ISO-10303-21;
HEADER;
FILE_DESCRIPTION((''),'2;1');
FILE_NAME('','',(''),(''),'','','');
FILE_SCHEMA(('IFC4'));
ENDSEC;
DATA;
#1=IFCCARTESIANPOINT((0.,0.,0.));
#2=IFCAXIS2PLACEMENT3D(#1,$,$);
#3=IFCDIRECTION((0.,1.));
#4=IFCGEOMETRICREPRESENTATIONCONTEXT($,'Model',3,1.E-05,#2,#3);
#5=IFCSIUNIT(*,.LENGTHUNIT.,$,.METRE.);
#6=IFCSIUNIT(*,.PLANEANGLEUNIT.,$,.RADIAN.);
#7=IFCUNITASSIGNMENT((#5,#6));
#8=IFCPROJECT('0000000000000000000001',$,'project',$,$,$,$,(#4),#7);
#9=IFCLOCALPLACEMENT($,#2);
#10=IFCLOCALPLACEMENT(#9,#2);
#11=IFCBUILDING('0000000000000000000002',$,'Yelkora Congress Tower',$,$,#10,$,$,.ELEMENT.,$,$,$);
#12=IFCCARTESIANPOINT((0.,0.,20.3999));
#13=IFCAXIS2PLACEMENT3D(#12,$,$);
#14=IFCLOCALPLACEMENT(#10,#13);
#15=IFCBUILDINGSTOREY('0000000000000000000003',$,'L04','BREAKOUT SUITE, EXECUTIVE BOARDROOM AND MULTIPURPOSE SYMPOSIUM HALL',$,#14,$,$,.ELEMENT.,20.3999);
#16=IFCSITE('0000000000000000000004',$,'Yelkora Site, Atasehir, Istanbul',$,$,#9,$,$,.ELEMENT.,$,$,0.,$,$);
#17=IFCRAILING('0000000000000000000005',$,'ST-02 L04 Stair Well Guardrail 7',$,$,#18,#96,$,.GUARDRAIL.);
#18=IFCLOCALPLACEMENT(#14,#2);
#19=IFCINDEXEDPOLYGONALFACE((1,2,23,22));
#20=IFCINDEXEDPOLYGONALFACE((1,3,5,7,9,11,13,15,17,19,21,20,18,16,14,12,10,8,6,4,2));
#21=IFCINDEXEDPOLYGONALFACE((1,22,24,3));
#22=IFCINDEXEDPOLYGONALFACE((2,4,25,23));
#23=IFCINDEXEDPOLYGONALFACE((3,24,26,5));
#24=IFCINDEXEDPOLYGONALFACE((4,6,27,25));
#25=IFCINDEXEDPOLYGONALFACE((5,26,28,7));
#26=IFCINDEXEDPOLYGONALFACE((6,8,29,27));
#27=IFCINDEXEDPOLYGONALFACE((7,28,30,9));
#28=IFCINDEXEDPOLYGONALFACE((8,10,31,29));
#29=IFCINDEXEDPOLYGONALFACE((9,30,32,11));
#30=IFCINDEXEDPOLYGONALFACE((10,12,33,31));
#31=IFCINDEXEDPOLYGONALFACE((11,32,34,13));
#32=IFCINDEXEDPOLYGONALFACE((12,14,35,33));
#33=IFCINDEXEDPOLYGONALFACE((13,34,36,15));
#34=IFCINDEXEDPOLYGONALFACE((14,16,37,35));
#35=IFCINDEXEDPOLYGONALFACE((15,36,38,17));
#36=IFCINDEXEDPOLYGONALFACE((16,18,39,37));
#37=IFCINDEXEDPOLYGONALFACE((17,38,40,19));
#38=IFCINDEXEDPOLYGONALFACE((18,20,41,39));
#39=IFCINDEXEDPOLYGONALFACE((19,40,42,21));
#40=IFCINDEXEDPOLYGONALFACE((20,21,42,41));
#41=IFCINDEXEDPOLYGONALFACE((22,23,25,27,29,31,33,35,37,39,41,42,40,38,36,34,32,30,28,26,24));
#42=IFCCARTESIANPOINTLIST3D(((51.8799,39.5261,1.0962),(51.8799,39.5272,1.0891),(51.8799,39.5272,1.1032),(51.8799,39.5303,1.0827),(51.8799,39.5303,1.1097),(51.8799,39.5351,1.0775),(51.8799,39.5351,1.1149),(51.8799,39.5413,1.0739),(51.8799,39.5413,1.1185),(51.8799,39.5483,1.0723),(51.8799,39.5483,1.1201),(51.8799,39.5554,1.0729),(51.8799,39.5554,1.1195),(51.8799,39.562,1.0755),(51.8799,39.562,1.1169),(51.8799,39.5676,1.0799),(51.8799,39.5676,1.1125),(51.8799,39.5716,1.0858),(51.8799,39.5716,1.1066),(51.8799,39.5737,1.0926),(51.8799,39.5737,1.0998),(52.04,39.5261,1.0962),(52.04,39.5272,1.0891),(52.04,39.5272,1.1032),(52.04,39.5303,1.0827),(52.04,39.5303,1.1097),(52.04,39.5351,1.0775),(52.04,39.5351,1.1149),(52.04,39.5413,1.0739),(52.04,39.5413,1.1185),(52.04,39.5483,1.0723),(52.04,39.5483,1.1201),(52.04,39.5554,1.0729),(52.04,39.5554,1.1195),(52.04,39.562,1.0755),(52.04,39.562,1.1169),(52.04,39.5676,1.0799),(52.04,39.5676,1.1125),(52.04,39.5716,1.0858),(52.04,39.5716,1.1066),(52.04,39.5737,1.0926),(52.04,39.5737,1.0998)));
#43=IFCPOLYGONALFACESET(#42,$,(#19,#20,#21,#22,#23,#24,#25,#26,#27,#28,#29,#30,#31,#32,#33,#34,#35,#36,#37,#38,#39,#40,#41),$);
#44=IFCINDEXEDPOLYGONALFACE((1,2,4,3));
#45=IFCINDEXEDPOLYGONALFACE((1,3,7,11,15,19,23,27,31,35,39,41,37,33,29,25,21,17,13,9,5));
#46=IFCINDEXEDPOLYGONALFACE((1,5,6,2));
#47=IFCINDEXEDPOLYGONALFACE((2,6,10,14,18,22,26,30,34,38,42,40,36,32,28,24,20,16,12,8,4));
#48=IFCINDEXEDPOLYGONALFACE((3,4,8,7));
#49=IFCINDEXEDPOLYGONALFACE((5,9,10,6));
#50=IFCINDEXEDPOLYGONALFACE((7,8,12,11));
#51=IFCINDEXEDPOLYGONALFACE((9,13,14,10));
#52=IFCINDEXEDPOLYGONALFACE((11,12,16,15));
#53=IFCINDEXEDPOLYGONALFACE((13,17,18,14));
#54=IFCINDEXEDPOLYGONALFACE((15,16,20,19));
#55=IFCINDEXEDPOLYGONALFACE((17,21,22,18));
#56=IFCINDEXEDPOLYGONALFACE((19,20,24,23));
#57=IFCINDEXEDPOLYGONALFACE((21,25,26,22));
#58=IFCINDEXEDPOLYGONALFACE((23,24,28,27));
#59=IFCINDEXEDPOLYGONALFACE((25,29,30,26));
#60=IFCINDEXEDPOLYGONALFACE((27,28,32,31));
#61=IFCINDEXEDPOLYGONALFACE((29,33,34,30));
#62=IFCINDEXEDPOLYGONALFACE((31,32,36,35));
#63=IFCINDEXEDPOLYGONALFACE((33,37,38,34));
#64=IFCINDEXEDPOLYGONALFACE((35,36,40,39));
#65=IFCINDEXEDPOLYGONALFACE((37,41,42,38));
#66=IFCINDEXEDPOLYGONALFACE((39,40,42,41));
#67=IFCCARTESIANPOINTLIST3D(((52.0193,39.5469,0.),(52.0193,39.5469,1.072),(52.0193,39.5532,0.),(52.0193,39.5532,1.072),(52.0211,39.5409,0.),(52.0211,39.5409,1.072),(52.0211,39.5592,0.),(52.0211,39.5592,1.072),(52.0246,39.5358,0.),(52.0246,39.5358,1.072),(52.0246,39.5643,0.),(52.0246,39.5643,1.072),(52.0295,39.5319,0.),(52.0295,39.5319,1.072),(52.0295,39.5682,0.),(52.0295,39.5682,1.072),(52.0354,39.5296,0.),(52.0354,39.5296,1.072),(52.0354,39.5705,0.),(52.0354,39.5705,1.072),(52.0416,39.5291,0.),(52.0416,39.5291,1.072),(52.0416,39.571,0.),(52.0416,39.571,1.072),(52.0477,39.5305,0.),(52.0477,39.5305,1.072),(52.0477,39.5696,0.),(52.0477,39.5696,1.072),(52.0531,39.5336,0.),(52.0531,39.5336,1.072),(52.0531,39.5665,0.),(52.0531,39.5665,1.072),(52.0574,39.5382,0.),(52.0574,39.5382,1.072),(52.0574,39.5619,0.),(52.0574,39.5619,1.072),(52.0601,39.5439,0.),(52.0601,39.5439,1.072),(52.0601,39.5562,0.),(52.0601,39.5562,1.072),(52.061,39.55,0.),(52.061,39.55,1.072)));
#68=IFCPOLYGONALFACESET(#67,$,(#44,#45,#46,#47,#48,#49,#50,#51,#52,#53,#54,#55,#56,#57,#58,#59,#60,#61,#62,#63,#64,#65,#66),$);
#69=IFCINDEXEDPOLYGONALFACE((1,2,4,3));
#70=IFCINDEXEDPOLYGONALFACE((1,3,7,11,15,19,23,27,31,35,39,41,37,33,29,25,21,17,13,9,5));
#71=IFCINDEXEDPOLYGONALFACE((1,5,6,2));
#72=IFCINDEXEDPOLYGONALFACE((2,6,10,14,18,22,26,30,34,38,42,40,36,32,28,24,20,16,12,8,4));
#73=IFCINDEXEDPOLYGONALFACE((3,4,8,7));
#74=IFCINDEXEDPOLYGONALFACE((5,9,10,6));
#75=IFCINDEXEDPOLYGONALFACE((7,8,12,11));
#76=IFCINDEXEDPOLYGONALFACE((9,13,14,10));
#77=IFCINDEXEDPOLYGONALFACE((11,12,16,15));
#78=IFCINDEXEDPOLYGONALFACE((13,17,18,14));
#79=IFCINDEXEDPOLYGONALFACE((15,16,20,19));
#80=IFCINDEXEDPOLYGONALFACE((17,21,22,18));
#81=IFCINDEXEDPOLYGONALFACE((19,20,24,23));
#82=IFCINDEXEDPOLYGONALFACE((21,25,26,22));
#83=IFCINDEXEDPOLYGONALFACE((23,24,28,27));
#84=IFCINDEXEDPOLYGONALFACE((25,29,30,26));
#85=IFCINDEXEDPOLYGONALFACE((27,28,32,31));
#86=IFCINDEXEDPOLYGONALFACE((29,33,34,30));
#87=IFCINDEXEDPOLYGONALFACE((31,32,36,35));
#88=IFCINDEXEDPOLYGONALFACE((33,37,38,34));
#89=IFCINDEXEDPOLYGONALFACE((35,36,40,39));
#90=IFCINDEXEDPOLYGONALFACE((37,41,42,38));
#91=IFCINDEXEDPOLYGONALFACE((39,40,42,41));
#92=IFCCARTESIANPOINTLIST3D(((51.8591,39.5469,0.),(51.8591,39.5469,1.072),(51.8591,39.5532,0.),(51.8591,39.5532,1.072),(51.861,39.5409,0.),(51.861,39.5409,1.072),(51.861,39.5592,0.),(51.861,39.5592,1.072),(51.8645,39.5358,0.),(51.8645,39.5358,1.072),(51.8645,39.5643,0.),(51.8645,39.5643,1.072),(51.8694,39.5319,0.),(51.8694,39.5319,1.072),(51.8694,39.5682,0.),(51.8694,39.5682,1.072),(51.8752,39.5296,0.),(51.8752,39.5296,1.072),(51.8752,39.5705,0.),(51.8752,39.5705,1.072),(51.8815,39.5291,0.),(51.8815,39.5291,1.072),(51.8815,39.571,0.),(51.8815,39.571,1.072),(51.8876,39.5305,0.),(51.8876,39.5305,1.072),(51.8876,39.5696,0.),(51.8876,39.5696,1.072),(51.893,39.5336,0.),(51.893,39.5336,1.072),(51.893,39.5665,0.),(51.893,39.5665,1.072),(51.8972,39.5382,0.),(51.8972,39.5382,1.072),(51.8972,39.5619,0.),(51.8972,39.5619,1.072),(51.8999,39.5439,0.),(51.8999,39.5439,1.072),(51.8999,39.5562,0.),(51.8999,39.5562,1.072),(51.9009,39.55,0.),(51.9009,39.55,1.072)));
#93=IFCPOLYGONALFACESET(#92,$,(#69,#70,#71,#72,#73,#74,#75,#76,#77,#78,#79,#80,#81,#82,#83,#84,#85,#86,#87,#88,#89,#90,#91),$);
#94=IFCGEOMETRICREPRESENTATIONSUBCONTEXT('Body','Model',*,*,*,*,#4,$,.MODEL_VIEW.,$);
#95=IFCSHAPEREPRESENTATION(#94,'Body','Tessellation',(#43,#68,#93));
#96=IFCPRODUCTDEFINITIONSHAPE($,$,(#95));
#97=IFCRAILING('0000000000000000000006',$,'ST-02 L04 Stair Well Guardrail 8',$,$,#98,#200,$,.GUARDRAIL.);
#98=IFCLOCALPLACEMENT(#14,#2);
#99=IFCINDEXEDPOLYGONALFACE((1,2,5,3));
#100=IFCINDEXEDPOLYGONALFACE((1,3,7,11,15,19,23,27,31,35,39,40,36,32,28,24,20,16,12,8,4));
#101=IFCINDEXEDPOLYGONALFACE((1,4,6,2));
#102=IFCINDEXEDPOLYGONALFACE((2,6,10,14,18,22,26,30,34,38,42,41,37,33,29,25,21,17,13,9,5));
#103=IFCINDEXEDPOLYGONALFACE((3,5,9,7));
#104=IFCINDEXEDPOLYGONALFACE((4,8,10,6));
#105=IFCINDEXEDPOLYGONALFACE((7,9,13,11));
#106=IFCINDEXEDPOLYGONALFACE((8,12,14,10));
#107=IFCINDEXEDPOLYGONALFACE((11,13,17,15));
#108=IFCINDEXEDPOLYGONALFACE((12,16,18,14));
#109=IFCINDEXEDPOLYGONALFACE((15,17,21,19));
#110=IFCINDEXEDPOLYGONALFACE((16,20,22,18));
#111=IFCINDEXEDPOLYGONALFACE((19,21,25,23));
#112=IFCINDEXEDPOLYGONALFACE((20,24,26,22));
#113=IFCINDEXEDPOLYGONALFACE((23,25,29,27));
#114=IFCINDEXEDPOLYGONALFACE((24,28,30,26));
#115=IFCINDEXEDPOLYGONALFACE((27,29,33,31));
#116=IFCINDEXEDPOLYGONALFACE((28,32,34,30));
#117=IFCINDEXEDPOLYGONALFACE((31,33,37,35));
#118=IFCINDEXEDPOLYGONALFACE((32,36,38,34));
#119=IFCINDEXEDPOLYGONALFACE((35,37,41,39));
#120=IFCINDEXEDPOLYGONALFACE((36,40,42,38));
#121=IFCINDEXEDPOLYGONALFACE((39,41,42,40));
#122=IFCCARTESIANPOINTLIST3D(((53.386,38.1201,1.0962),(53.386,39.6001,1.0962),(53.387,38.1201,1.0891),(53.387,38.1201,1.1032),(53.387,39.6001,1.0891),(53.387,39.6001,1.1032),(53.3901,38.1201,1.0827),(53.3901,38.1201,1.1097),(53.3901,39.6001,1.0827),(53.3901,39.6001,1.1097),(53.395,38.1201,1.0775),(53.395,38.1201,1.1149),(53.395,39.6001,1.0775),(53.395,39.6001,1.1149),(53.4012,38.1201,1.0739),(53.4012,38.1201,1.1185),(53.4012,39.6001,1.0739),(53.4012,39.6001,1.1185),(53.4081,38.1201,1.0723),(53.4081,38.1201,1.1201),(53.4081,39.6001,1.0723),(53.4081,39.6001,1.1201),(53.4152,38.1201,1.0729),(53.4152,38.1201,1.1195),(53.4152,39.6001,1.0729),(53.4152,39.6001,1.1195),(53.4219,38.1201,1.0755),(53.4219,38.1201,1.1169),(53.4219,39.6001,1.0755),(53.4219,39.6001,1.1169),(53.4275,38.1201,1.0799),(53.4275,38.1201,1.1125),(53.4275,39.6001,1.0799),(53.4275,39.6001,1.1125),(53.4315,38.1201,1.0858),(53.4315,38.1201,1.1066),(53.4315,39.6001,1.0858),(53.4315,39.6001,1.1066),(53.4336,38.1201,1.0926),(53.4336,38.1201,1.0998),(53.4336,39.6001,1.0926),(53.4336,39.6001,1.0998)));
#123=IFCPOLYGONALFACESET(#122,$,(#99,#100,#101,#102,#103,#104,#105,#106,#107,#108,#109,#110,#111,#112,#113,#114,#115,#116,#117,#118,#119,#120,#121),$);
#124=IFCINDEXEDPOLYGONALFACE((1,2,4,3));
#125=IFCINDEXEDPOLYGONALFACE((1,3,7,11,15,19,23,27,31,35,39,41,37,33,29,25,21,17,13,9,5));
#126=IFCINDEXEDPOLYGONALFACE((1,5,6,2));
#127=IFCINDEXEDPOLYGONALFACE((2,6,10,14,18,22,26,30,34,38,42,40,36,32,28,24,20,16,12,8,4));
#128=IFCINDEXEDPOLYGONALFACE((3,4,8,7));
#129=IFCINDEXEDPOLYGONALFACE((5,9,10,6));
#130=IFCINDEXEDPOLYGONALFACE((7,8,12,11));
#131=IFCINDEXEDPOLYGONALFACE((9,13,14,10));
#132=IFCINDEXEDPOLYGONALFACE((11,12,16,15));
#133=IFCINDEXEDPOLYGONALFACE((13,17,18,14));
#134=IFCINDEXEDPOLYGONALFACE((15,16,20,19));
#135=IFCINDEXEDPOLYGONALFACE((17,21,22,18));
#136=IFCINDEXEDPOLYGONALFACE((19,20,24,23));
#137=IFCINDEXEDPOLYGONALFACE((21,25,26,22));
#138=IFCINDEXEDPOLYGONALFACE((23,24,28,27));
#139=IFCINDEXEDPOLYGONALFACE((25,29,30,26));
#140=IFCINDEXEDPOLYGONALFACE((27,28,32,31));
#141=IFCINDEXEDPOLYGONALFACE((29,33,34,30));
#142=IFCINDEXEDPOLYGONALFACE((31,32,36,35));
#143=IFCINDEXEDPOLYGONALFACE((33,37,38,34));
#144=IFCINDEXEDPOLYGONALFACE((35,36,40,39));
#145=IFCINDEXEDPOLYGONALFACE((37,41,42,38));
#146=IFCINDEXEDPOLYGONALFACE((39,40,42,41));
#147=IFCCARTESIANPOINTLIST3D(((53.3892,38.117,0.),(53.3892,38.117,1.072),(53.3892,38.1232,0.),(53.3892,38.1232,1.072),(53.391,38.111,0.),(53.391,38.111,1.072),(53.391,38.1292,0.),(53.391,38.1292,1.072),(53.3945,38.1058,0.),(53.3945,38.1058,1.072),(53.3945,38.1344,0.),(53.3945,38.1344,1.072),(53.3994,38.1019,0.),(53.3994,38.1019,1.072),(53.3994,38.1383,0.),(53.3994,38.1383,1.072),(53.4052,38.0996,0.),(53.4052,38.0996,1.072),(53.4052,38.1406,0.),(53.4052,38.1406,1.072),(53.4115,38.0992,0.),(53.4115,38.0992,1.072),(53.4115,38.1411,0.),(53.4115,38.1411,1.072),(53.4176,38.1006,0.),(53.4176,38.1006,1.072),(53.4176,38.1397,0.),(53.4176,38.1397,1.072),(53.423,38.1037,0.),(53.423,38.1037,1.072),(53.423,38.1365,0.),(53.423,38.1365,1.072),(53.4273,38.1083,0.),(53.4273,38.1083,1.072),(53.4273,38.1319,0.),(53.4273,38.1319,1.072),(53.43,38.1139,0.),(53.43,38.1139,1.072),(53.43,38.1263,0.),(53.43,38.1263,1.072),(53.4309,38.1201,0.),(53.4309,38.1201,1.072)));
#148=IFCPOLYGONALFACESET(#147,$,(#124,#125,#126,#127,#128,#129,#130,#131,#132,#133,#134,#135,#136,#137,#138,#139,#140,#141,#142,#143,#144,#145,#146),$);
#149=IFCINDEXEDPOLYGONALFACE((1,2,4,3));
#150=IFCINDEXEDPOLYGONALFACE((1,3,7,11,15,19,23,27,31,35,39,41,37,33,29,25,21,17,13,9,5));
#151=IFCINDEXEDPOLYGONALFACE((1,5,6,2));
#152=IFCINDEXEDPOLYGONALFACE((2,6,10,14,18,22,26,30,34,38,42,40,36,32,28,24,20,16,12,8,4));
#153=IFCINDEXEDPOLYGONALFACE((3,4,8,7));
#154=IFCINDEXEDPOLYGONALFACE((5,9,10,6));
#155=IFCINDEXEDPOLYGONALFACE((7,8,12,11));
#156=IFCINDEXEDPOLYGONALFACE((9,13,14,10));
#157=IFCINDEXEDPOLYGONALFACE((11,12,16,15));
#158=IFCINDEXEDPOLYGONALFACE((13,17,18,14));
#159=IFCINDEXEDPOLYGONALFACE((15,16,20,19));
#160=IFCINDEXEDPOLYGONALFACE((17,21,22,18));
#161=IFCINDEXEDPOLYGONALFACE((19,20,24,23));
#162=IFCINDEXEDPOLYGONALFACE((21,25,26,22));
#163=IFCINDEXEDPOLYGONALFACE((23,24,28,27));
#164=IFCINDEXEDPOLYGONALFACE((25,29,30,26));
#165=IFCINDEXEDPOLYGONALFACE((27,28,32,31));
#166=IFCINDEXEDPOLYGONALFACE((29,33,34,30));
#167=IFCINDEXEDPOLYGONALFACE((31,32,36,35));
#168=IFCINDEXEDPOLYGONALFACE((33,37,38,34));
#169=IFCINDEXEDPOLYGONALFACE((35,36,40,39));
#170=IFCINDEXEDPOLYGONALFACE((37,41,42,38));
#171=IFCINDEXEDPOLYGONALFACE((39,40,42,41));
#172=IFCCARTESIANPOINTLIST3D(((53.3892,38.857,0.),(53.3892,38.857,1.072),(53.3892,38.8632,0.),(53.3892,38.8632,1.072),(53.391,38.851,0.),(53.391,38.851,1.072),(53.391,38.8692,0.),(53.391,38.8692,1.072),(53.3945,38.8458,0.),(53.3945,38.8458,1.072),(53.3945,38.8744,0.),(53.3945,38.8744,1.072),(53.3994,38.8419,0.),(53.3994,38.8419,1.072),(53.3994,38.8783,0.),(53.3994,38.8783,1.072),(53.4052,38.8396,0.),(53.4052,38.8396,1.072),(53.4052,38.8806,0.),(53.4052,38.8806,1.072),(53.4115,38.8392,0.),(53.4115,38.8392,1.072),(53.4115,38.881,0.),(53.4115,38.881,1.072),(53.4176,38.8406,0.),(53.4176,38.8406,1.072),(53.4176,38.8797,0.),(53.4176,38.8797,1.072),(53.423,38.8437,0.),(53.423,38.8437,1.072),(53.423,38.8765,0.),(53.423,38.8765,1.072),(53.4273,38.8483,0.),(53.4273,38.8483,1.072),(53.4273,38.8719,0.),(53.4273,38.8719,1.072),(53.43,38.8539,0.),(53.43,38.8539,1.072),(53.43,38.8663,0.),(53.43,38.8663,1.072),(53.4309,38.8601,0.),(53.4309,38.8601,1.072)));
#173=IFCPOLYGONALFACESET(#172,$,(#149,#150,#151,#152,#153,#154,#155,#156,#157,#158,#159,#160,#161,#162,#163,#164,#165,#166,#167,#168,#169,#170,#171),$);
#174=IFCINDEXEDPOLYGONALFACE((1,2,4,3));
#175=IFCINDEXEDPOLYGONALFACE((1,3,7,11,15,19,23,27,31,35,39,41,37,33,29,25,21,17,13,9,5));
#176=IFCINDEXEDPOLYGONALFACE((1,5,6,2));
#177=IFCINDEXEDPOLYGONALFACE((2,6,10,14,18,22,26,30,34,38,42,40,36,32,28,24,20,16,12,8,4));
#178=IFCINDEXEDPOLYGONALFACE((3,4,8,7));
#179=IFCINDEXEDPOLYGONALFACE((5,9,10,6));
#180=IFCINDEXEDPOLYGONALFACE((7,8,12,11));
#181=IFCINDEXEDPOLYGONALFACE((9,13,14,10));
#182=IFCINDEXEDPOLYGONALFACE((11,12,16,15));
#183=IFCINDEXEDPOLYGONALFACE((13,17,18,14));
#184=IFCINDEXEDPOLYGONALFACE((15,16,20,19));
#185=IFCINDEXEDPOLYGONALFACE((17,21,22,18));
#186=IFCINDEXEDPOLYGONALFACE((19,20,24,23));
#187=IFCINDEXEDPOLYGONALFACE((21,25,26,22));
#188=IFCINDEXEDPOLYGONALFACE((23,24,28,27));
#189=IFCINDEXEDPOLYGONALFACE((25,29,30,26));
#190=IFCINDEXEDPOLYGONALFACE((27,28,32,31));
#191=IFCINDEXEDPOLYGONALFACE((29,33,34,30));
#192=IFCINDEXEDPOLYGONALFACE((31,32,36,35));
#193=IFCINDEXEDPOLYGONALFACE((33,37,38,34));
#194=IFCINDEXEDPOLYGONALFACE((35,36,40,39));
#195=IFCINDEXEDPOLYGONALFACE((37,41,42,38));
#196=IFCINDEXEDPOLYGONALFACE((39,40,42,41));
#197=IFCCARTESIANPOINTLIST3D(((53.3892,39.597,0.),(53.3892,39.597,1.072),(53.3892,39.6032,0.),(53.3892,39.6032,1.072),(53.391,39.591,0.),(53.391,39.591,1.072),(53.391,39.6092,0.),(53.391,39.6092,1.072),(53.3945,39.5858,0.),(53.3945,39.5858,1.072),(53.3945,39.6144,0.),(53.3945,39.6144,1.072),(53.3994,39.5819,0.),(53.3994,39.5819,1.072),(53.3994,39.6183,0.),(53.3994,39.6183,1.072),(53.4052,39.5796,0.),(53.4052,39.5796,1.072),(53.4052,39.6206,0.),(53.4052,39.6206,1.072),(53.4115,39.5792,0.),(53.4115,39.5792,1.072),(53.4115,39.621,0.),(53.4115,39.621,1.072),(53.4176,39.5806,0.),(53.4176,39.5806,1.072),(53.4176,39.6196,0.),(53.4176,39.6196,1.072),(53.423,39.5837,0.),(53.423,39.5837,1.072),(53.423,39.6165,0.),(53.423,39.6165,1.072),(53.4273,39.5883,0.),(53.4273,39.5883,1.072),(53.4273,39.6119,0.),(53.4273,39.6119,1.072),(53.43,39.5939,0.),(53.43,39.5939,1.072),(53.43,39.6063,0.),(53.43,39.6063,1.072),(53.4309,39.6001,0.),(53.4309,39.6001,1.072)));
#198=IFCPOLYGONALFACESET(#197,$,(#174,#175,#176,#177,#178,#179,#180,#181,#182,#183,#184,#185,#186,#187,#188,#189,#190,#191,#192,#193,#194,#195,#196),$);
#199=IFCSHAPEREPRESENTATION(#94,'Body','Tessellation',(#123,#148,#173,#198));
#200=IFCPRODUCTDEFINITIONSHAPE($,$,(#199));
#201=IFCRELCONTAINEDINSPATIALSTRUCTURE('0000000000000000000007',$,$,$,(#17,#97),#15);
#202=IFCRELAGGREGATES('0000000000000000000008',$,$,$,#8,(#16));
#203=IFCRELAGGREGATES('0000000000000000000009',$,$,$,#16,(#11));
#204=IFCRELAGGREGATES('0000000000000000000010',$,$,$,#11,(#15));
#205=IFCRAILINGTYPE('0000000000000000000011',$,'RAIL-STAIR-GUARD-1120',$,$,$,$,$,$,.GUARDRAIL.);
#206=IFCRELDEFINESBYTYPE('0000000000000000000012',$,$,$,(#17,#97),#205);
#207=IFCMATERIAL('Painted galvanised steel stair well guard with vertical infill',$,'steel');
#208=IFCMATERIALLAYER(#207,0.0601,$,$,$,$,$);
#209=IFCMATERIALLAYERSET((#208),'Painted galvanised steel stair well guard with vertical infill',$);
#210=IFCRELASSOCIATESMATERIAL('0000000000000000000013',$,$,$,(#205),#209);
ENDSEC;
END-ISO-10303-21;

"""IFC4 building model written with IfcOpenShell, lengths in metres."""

from ifc_helpers import new_model, si_unit, direction, frame, origin, origin_2d, place, context, subcontext, project, spatial, circle, extrude, material, layer, layer_set, type_object, element, save


model = new_model("IFC4")

# Units and contexts
model_context = context("Model", 3, precision=1e-05, world=origin(), true_north=direction((0.0, 1.0)))
body_context = subcontext(model_context, "Body", "Model", "MODEL_VIEW")
ifc_project = project(units=[si_unit("LENGTHUNIT", "METRE"), si_unit("PLANEANGLEUNIT", "RADIAN")], contexts=[model_context])

# Site, building, storey
site_placement = place(None, origin())
site = spatial("IfcSite", under=ifc_project, at=site_placement, Name="Yelkora Site, Atasehir, Istanbul", CompositionType="ELEMENT", RefElevation=0.0)
building_placement = place(site_placement, origin())
building = spatial("IfcBuilding", under=site, at=building_placement, Name="Yelkora Congress Tower", CompositionType="ELEMENT")
storey_placement = place(building_placement, frame((0.0, 0.0, 20.3999)))
storey = spatial("IfcBuildingStorey", under=building, at=storey_placement, Name="L04", Description="BREAKOUT SUITE, EXECUTIVE BOARDROOM AND MULTIPURPOSE SYMPOSIUM HALL", CompositionType="ELEMENT", Elevation=20.3999)

# Railings
ifc_material_1 = material(Name="Painted galvanised steel stair well guard with vertical infill", Category="steel")
ifc_layer_1 = layer(ifc_material_1, 0.0601)
ifc_layer_set_1 = layer_set([ifc_layer_1], Name="Painted galvanised steel stair well guard with vertical infill")
railing_type_1 = type_object("IfcRailingType", Name="RAIL-STAIR-GUARD-1120", PredefinedType="GUARDRAIL", material=ifc_layer_set_1)
railing_1_placement = place(storey_placement, frame((52.04, 39.55, 0.0)))
element("IfcRailing", 1, at=railing_1_placement, inside=storey, type_object=railing_type_1, Name="ST-02 L04 Stair Well Guardrail 7", PredefinedType="GUARDRAIL", context=body_context, shape_type="SweptSolid", body=[
    extrude(circle(Radius=0.0239, at=origin_2d()), frame((0.0, 0.0, 1.0962), z_axis=(-1.0, 0.0, 0.0), x_axis=(0.0, -1.0, 0.0)), (0.0, 0.0, 1.0), 0.1602),
    extrude(circle(Radius=0.021, at=origin_2d()), origin(), (0.0, 0.0, 1.0), 1.072),
    extrude(circle(Radius=0.021, at=origin_2d()), frame((-0.1602, 0.0, 0.0)), (0.0, 0.0, 1.0), 1.072),
])
for number, where, name in (
    (2, (53.4099, 38.1201, 0.0), "ST-02 L04 Stair Well Guardrail 8"),
):
    element("IfcRailing", number, at=place(storey_placement, frame(where)), inside=storey, type_object=railing_type_1, Name=name, PredefinedType="GUARDRAIL", context=body_context, shape_type="SweptSolid", body=[
        extrude(circle(Radius=0.0239, at=origin_2d()), frame((0.0, 0.0, 1.0962), z_axis=(0.0, 1.0, 0.0), x_axis=(-1.0, 0.0, 0.0)), (0.0, 0.0, 1.0), 1.48),
        extrude(circle(Radius=0.021, at=origin_2d()), origin(), (0.0, 0.0, 1.0), 1.072),
        extrude(circle(Radius=0.021, at=origin_2d()), frame((0.0, 0.74, 0.0)), (0.0, 0.0, 1.0), 1.072),
        extrude(circle(Radius=0.021, at=origin_2d()), frame((0.0, 1.48, 0.0)), (0.0, 0.0, 1.0), 1.072),
    ])

save(model, "model.ifc")
